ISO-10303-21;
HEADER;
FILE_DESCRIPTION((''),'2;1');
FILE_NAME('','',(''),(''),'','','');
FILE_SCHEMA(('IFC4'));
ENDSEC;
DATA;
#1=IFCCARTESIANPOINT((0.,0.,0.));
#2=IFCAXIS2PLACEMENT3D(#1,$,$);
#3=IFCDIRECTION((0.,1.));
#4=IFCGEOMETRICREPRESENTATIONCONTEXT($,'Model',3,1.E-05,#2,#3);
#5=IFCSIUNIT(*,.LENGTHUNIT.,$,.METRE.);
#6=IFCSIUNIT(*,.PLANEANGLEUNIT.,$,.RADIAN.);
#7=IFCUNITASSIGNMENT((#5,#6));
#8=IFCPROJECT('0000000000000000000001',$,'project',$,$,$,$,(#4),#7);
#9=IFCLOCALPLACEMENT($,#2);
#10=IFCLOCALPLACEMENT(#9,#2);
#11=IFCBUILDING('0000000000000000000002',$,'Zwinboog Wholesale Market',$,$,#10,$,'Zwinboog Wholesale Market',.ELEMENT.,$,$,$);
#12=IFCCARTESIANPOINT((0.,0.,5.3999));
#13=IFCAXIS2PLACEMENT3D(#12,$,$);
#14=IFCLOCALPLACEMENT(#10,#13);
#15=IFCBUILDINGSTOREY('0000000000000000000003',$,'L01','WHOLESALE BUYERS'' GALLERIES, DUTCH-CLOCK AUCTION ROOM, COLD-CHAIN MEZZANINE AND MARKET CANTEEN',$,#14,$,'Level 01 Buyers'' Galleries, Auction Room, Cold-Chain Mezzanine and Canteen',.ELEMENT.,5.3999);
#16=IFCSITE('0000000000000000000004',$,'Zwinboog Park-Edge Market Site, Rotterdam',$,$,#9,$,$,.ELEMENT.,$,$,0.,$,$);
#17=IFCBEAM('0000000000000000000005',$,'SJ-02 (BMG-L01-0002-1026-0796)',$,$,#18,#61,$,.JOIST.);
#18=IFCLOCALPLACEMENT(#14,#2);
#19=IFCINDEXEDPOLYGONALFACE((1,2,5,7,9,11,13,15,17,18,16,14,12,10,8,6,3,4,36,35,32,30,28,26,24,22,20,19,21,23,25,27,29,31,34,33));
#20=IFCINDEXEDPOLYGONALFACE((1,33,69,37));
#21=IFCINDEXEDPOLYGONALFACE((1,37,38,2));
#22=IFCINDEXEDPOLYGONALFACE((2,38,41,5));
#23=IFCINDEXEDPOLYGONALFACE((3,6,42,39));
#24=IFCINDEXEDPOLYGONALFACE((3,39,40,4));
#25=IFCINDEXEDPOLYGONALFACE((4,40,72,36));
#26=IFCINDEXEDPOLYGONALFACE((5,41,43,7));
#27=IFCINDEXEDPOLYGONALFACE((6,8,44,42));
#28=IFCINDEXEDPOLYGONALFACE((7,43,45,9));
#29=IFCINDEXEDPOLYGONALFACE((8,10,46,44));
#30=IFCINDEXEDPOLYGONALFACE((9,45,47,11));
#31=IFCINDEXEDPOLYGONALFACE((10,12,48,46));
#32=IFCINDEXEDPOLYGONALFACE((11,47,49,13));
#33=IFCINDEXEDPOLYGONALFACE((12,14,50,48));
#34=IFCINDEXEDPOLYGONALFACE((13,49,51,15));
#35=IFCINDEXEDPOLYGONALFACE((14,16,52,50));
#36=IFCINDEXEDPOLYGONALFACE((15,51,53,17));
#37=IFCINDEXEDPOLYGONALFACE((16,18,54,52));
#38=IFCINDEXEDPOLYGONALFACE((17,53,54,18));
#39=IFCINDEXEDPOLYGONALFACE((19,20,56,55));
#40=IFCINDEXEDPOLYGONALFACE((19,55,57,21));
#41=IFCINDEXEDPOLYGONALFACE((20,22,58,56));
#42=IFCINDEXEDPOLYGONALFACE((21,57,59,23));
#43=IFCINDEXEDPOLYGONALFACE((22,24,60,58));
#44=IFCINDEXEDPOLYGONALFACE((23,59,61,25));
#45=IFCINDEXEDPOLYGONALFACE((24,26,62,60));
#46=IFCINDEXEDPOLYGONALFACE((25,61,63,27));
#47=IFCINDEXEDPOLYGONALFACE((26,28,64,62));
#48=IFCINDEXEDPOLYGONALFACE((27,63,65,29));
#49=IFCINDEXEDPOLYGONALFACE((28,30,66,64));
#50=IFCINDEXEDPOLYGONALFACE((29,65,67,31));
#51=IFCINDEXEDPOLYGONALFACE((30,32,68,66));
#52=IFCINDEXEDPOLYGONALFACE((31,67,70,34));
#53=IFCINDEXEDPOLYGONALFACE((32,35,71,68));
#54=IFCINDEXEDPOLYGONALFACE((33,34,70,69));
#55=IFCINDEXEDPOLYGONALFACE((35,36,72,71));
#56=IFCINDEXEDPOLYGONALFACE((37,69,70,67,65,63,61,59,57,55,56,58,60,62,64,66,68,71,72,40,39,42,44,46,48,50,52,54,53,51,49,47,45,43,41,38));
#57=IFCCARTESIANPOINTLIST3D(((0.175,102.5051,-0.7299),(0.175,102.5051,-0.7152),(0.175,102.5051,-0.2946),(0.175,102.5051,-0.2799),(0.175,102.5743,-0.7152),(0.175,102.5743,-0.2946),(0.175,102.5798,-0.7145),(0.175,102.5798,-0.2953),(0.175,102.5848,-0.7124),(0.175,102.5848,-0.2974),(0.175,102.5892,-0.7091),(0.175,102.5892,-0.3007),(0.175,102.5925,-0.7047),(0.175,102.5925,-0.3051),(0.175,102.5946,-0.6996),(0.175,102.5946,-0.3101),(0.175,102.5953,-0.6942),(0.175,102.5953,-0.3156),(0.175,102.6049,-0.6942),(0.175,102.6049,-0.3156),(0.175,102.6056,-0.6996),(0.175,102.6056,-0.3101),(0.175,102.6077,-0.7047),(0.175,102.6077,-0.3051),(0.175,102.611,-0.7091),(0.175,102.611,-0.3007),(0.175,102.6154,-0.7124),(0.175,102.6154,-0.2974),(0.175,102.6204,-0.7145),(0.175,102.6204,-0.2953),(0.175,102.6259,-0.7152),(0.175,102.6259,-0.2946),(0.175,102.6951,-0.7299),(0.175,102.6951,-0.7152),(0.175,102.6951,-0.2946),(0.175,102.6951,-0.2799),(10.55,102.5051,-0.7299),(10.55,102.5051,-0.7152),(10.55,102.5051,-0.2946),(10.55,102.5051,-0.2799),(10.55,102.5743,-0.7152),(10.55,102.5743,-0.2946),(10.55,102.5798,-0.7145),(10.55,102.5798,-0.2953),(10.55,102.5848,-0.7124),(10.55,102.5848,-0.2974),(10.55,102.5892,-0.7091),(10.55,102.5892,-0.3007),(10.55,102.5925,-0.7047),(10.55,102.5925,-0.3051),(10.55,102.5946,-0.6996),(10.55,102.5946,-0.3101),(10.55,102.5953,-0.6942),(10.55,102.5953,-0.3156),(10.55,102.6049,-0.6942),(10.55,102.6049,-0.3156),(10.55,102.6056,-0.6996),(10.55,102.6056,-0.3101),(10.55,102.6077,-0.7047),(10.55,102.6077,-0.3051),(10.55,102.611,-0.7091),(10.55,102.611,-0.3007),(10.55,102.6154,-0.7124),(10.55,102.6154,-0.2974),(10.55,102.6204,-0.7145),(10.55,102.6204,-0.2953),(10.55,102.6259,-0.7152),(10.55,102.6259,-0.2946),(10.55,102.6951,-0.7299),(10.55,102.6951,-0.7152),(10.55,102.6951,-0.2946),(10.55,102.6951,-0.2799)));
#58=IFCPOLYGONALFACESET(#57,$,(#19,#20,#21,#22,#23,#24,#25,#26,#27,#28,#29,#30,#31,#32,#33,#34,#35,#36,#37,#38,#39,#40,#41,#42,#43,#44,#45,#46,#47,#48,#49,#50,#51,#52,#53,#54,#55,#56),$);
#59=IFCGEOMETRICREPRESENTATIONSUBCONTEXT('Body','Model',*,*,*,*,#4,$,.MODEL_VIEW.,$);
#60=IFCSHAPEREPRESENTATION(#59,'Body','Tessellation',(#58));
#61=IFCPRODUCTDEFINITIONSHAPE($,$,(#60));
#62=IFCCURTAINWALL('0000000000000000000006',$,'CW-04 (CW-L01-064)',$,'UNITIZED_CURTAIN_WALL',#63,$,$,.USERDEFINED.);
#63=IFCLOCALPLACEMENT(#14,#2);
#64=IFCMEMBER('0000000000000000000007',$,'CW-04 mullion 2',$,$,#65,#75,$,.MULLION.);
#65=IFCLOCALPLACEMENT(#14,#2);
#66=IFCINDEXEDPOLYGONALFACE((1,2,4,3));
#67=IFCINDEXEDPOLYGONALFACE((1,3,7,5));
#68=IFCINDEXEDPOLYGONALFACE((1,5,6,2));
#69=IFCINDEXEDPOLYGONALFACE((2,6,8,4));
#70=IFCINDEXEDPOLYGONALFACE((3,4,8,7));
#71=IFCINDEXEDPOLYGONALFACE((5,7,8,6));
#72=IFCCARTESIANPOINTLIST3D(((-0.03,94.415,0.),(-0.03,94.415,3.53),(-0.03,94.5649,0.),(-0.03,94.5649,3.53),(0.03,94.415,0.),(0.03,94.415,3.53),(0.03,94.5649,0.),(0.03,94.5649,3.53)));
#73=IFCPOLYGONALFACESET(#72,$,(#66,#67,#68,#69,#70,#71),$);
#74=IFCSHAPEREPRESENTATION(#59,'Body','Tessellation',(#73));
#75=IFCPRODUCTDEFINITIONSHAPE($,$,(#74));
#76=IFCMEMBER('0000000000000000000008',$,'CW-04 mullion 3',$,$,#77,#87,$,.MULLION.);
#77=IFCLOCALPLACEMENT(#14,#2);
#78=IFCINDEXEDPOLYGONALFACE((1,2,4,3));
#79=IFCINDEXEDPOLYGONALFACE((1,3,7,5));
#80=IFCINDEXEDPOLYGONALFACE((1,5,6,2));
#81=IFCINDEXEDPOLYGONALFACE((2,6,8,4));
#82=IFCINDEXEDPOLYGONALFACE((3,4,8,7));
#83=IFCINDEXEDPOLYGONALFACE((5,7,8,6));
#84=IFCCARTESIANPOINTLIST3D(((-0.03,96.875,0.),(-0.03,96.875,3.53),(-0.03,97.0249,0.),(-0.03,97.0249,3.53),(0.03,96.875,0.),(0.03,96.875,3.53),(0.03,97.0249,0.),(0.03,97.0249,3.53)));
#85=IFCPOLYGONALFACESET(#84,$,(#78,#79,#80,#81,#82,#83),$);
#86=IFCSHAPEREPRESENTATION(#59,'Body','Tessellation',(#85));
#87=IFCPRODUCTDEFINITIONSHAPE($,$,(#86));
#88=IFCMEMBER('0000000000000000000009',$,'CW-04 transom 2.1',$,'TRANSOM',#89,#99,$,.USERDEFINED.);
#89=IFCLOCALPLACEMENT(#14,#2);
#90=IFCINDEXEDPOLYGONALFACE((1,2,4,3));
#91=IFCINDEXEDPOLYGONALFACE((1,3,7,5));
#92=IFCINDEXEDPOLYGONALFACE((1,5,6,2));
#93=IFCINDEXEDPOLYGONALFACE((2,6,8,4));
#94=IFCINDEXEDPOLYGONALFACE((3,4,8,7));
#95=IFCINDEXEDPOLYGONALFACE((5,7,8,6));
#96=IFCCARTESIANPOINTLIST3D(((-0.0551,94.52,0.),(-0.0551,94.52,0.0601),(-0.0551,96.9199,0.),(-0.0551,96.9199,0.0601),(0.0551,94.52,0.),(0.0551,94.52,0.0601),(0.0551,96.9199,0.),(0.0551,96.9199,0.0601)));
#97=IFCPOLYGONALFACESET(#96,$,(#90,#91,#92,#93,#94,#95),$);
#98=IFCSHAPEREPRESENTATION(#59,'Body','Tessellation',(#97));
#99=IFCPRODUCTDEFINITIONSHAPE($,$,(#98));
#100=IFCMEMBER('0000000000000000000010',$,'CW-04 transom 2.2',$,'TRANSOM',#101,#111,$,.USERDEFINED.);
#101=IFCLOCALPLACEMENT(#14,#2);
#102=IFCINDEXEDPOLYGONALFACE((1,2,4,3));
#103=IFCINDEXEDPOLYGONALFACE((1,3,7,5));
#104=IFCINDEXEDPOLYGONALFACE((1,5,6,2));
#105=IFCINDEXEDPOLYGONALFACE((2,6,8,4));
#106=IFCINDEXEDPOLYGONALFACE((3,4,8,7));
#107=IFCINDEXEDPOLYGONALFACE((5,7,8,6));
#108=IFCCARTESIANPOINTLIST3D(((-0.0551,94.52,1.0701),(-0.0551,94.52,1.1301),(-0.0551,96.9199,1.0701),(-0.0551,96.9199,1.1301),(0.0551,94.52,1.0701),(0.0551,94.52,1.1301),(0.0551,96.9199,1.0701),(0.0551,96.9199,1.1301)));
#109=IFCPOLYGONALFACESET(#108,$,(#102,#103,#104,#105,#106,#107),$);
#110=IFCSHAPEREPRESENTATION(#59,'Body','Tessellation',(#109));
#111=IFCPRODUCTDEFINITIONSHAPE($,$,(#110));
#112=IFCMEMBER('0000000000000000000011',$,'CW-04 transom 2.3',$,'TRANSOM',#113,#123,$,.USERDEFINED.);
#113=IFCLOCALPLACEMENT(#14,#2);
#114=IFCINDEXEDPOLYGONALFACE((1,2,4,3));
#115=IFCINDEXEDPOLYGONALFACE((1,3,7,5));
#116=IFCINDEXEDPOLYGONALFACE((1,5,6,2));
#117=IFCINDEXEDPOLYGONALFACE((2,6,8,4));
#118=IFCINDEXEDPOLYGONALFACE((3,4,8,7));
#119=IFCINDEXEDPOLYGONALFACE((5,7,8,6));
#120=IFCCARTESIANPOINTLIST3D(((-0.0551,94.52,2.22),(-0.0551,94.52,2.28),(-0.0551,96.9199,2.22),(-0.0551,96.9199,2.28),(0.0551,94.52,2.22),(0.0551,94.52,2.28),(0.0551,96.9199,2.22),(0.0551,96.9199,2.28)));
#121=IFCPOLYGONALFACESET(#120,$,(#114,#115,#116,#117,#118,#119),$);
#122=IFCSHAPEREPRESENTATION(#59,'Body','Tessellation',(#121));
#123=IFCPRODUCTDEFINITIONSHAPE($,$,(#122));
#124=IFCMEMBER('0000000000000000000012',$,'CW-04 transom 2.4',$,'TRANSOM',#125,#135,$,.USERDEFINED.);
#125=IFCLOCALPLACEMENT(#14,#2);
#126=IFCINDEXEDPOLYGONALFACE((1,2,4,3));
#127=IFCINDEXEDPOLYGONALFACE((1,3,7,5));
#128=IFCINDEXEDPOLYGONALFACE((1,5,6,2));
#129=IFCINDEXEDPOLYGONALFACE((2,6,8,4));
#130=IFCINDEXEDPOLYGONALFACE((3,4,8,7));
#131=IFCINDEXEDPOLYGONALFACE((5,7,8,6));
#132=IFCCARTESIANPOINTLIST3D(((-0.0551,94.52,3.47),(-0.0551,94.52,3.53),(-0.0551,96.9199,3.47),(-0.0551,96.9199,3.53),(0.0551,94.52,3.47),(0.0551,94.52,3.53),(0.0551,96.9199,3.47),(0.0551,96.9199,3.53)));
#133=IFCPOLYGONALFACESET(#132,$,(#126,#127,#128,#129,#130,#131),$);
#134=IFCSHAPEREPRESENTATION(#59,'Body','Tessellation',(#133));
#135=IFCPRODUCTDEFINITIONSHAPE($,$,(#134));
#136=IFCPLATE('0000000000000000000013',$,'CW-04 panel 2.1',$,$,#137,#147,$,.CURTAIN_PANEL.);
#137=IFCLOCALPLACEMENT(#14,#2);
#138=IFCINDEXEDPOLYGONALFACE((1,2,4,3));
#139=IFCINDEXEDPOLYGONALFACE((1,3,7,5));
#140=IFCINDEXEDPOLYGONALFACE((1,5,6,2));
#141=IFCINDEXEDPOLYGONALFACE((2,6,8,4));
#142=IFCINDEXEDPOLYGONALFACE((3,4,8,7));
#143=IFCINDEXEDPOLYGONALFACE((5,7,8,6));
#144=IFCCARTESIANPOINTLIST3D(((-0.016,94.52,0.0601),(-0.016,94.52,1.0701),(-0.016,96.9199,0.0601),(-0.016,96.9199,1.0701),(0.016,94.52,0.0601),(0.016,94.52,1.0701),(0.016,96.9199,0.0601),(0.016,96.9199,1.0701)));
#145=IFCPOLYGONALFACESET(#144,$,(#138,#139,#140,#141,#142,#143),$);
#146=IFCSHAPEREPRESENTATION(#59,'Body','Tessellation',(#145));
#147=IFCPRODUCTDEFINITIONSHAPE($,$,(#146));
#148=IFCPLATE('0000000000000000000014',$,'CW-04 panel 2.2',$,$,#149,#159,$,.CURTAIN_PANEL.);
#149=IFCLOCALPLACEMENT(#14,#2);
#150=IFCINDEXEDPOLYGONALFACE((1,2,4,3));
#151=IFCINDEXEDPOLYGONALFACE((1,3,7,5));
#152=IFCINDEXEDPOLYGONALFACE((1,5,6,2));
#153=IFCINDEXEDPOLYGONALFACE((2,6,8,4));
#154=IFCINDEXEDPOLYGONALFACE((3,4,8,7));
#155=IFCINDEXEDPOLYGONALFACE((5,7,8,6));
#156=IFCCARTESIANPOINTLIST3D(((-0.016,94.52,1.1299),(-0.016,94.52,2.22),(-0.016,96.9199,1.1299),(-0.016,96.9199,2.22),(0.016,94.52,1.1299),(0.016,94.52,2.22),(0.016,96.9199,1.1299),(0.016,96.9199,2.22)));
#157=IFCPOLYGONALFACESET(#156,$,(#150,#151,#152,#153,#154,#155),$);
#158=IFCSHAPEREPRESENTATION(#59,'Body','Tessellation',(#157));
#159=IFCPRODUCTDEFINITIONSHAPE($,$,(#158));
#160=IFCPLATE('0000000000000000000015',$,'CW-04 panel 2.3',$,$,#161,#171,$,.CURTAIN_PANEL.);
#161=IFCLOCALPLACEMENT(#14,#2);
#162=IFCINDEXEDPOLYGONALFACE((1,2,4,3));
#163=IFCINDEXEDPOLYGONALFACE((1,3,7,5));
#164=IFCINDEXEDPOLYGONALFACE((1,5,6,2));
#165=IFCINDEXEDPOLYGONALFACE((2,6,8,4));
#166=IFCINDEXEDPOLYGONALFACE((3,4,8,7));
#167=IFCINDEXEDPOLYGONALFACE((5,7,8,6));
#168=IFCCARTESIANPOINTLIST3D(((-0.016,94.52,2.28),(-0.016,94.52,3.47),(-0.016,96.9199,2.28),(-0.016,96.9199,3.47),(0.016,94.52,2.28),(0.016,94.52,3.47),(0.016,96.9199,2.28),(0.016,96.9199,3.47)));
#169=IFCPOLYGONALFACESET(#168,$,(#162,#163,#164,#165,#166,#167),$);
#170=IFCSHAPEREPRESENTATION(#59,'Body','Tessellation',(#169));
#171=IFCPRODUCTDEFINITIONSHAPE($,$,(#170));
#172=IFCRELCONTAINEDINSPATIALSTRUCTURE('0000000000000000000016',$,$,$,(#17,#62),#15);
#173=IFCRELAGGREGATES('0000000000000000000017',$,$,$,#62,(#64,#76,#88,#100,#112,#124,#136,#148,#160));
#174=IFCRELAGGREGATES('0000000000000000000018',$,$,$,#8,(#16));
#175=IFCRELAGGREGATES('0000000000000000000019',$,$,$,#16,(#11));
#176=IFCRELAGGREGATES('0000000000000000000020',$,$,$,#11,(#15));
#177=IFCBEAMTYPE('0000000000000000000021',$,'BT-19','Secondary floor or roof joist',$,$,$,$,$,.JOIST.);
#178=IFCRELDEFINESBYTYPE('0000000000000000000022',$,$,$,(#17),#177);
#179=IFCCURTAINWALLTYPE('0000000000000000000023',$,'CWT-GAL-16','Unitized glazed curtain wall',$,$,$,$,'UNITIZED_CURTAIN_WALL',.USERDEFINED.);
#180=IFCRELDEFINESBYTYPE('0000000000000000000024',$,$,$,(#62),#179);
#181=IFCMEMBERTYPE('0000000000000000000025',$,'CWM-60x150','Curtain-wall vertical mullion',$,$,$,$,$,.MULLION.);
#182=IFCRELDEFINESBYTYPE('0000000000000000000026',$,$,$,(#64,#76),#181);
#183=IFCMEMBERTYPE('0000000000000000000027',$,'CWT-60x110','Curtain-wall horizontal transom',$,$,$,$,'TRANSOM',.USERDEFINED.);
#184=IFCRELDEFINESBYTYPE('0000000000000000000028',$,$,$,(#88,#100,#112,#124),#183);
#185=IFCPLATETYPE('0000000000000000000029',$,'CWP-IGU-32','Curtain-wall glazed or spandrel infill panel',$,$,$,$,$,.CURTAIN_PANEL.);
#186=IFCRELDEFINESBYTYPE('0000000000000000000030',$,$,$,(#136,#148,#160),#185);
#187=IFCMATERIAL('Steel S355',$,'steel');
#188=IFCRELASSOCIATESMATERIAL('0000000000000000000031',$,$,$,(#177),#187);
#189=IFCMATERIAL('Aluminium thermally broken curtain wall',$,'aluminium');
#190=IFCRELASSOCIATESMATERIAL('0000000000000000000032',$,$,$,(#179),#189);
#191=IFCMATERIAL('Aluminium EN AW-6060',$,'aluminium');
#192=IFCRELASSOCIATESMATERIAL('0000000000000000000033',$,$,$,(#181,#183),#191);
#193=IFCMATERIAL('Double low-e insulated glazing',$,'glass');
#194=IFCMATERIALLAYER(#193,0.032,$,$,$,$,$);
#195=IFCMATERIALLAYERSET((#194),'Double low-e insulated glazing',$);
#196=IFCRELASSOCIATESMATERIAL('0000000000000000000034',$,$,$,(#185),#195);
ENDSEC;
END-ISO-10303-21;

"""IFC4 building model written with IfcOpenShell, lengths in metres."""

from ifc_helpers import new_model, si_unit, direction, frame, origin, origin_2d, place, context, subcontext, project, spatial, rectangle, i_section, extrude, material, layer, layer_set, material_profile, profile_set, type_object, element, aggregate, save


model = new_model("IFC4")

# Units and contexts
model_context = context("Model", 3, precision=1e-05, world=origin(), true_north=direction((0.0, 1.0)))
body_context = subcontext(model_context, "Body", "Model", "MODEL_VIEW")
ifc_project = project(units=[si_unit("LENGTHUNIT", "METRE"), si_unit("PLANEANGLEUNIT", "RADIAN")], contexts=[model_context])

# Site, building, storey
site_placement = place(None, origin())
site = spatial("IfcSite", under=ifc_project, at=site_placement, Name="Zwinboog Park-Edge Market Site, Rotterdam", CompositionType="ELEMENT", RefElevation=0.0)
building_placement = place(site_placement, origin())
building = spatial("IfcBuilding", under=site, at=building_placement, Name="Zwinboog Wholesale Market", LongName="Zwinboog Wholesale Market", CompositionType="ELEMENT")
storey_placement = place(building_placement, frame((0.0, 0.0, 5.3999)))
storey = spatial("IfcBuildingStorey", under=building, at=storey_placement, Name="L01", Description="WHOLESALE BUYERS' GALLERIES, DUTCH-CLOCK AUCTION ROOM, COLD-CHAIN MEZZANINE AND MARKET CANTEEN", LongName="Level 01 Buyers' Galleries, Auction Room, Cold-Chain Mezzanine and Canteen", CompositionType="ELEMENT", Elevation=5.3999)

# Beam
ifc_material_1 = material(Name="Steel S355", Category="steel")
ifc_material_profile_1 = material_profile(ifc_material_1, i_section(OverallWidth=0.1899, OverallDepth=0.45, WebThickness=0.0095, FlangeThickness=0.0146, FilletRadius=0.021, at=origin_2d()), Name="IPE 450")
ifc_profile_set_1 = profile_set([ifc_material_profile_1], Name="Steel S355")
beam_type_1 = type_object("IfcBeamType", Name="BT-19", Description="Secondary floor or roof joist", PredefinedType="JOIST", material=ifc_profile_set_1)
beam_1_placement = place(storey_placement, frame((0.175, 102.6001, -0.5049), z_axis=(1.0, 0.0, 0.0), x_axis=(0.0, 1.0, 0.0)))
element("IfcBeam", 1, at=beam_1_placement, inside=storey, type_object=beam_type_1, Name="SJ-02 (BMG-L01-0002-1026-0796)", PredefinedType="JOIST", context=body_context, shape_type="SweptSolid", body=[
    extrude(i_section(OverallWidth=0.1899, OverallDepth=0.45, WebThickness=0.0095, FlangeThickness=0.0146, FilletRadius=0.021, at=origin_2d()), origin(), (0.0, 0.0, 1.0), 10.375),
])

# Curtain wall, members, plates
ifc_material_2 = material(Name="Aluminium thermally broken curtain wall", Category="aluminium")
curtain_wall_type = type_object("IfcCurtainWallType", Name="CWT-GAL-16", Description="Unitized glazed curtain wall", ElementType="UNITIZED_CURTAIN_WALL", PredefinedType="USERDEFINED", material=ifc_material_2)
curtain_wall_placement = place(storey_placement, origin())
curtain_wall = element("IfcCurtainWall", 2, at=curtain_wall_placement, inside=storey, type_object=curtain_wall_type, Name="CW-04 (CW-L01-064)", ObjectType="UNITIZED_CURTAIN_WALL", PredefinedType="USERDEFINED")
ifc_material_3 = material(Name="Aluminium EN AW-6060", Category="aluminium")
ifc_material_profile_2 = material_profile(ifc_material_3, rectangle(XDim=0.0601, YDim=0.1499, at=origin_2d()), Name="AL 60x150")
ifc_profile_set_2 = profile_set([ifc_material_profile_2], Name="Aluminium EN AW-6060")
member_type_1 = type_object("IfcMemberType", Name="CWM-60x150", Description="Curtain-wall vertical mullion", PredefinedType="MULLION", material=ifc_profile_set_2)
member_1_placement = place(storey_placement, frame((0.0, 94.49, 0.0), z_axis=(0.0, 0.0, 1.0), x_axis=(-1.0, 0.0, 0.0)))
member_1 = element("IfcMember", 3, at=member_1_placement, type_object=member_type_1, Name="CW-04 mullion 2", PredefinedType="MULLION", context=body_context, shape_type="SweptSolid", body=[
    extrude(rectangle(XDim=0.0601, YDim=0.1499, at=origin_2d()), origin(), (0.0, 0.0, 1.0), 3.53),
])
member_2_placement = place(storey_placement, frame((0.0, 96.95, 0.0), z_axis=(0.0, 0.0, 1.0), x_axis=(-1.0, 0.0, 0.0)))
member_2 = element("IfcMember", 4, at=member_2_placement, type_object=member_type_1, Name="CW-04 mullion 3", PredefinedType="MULLION", context=body_context, shape_type="SweptSolid", body=[
    extrude(rectangle(XDim=0.0601, YDim=0.1499, at=origin_2d()), origin(), (0.0, 0.0, 1.0), 3.53),
])
ifc_material_profile_3 = material_profile(ifc_material_3, rectangle(XDim=0.1101, YDim=0.0601, at=origin_2d()), Name="AL 60x110")
ifc_profile_set_3 = profile_set([ifc_material_profile_3], Name="Aluminium EN AW-6060")
member_type_2 = type_object("IfcMemberType", Name="CWT-60x110", Description="Curtain-wall horizontal transom", ElementType="TRANSOM", PredefinedType="USERDEFINED", material=ifc_profile_set_3)
member_3_placement = place(storey_placement, frame((0.0, 94.52, 0.03), z_axis=(0.0, 1.0, 0.0), x_axis=(-1.0, 0.0, 0.0)))
member_3 = element("IfcMember", 5, at=member_3_placement, type_object=member_type_2, Name="CW-04 transom 2.1", ObjectType="TRANSOM", PredefinedType="USERDEFINED", context=body_context, shape_type="SweptSolid", body=[
    extrude(rectangle(XDim=0.1101, YDim=0.0601, at=origin_2d()), origin(), (0.0, 0.0, 1.0), 2.3999),
])
member_4_placement = place(storey_placement, frame((0.0, 94.52, 1.1001), z_axis=(0.0, 1.0, 0.0), x_axis=(-1.0, 0.0, 0.0)))
member_4 = element("IfcMember", 6, at=member_4_placement, type_object=member_type_2, Name="CW-04 transom 2.2", ObjectType="TRANSOM", PredefinedType="USERDEFINED", context=body_context, shape_type="SweptSolid", body=[
    extrude(rectangle(XDim=0.1101, YDim=0.0601, at=origin_2d()), origin(), (0.0, 0.0, 1.0), 2.3999),
])
member_5_placement = place(storey_placement, frame((0.0, 94.52, 2.25), z_axis=(0.0, 1.0, 0.0), x_axis=(-1.0, 0.0, 0.0)))
member_5 = element("IfcMember", 7, at=member_5_placement, type_object=member_type_2, Name="CW-04 transom 2.3", ObjectType="TRANSOM", PredefinedType="USERDEFINED", context=body_context, shape_type="SweptSolid", body=[
    extrude(rectangle(XDim=0.1101, YDim=0.0601, at=origin_2d()), origin(), (0.0, 0.0, 1.0), 2.3999),
])
member_6_placement = place(storey_placement, frame((0.0, 94.52, 3.5), z_axis=(0.0, 1.0, 0.0), x_axis=(-1.0, 0.0, 0.0)))
member_6 = element("IfcMember", 8, at=member_6_placement, type_object=member_type_2, Name="CW-04 transom 2.4", ObjectType="TRANSOM", PredefinedType="USERDEFINED", context=body_context, shape_type="SweptSolid", body=[
    extrude(rectangle(XDim=0.1101, YDim=0.0601, at=origin_2d()), origin(), (0.0, 0.0, 1.0), 2.3999),
])
ifc_material_4 = material(Name="Double low-e insulated glazing", Category="glass")
ifc_layer_1 = layer(ifc_material_4, 0.032)
ifc_layer_set_1 = layer_set([ifc_layer_1], Name="Double low-e insulated glazing")
plate_type = type_object("IfcPlateType", Name="CWP-IGU-32", Description="Curtain-wall glazed or spandrel infill panel", PredefinedType="CURTAIN_PANEL", material=ifc_layer_set_1)
plate_1_placement = place(storey_placement, frame((0.0, 95.72, 0.0601), z_axis=(0.0, 0.0, 1.0), x_axis=(0.0, 1.0, 0.0)))
plate_1 = element("IfcPlate", 9, at=plate_1_placement, type_object=plate_type, Name="CW-04 panel 2.1", PredefinedType="CURTAIN_PANEL", context=body_context, shape_type="SweptSolid", body=[
    extrude(rectangle(XDim=2.3999, YDim=0.032, at=origin_2d()), origin(), (0.0, 0.0, 1.0), 1.01),
])
plate_2_placement = place(storey_placement, frame((0.0, 95.72, 1.1299), z_axis=(0.0, 0.0, 1.0), x_axis=(0.0, 1.0, 0.0)))
plate_2 = element("IfcPlate", 10, at=plate_2_placement, type_object=plate_type, Name="CW-04 panel 2.2", PredefinedType="CURTAIN_PANEL", context=body_context, shape_type="SweptSolid", body=[
    extrude(rectangle(XDim=2.3999, YDim=0.032, at=origin_2d()), origin(), (0.0, 0.0, 1.0), 1.0901),
])
plate_3_placement = place(storey_placement, frame((0.0, 95.72, 2.28), z_axis=(0.0, 0.0, 1.0), x_axis=(0.0, 1.0, 0.0)))
plate_3 = element("IfcPlate", 11, at=plate_3_placement, type_object=plate_type, Name="CW-04 panel 2.3", PredefinedType="CURTAIN_PANEL", context=body_context, shape_type="SweptSolid", body=[
    extrude(rectangle(XDim=2.3999, YDim=0.032, at=origin_2d()), origin(), (0.0, 0.0, 1.0), 1.1899),
])
aggregate(curtain_wall, [member_1, member_2, member_3, member_4, member_5, member_6, plate_1, plate_2, plate_3])

save(model, "model.ifc")
